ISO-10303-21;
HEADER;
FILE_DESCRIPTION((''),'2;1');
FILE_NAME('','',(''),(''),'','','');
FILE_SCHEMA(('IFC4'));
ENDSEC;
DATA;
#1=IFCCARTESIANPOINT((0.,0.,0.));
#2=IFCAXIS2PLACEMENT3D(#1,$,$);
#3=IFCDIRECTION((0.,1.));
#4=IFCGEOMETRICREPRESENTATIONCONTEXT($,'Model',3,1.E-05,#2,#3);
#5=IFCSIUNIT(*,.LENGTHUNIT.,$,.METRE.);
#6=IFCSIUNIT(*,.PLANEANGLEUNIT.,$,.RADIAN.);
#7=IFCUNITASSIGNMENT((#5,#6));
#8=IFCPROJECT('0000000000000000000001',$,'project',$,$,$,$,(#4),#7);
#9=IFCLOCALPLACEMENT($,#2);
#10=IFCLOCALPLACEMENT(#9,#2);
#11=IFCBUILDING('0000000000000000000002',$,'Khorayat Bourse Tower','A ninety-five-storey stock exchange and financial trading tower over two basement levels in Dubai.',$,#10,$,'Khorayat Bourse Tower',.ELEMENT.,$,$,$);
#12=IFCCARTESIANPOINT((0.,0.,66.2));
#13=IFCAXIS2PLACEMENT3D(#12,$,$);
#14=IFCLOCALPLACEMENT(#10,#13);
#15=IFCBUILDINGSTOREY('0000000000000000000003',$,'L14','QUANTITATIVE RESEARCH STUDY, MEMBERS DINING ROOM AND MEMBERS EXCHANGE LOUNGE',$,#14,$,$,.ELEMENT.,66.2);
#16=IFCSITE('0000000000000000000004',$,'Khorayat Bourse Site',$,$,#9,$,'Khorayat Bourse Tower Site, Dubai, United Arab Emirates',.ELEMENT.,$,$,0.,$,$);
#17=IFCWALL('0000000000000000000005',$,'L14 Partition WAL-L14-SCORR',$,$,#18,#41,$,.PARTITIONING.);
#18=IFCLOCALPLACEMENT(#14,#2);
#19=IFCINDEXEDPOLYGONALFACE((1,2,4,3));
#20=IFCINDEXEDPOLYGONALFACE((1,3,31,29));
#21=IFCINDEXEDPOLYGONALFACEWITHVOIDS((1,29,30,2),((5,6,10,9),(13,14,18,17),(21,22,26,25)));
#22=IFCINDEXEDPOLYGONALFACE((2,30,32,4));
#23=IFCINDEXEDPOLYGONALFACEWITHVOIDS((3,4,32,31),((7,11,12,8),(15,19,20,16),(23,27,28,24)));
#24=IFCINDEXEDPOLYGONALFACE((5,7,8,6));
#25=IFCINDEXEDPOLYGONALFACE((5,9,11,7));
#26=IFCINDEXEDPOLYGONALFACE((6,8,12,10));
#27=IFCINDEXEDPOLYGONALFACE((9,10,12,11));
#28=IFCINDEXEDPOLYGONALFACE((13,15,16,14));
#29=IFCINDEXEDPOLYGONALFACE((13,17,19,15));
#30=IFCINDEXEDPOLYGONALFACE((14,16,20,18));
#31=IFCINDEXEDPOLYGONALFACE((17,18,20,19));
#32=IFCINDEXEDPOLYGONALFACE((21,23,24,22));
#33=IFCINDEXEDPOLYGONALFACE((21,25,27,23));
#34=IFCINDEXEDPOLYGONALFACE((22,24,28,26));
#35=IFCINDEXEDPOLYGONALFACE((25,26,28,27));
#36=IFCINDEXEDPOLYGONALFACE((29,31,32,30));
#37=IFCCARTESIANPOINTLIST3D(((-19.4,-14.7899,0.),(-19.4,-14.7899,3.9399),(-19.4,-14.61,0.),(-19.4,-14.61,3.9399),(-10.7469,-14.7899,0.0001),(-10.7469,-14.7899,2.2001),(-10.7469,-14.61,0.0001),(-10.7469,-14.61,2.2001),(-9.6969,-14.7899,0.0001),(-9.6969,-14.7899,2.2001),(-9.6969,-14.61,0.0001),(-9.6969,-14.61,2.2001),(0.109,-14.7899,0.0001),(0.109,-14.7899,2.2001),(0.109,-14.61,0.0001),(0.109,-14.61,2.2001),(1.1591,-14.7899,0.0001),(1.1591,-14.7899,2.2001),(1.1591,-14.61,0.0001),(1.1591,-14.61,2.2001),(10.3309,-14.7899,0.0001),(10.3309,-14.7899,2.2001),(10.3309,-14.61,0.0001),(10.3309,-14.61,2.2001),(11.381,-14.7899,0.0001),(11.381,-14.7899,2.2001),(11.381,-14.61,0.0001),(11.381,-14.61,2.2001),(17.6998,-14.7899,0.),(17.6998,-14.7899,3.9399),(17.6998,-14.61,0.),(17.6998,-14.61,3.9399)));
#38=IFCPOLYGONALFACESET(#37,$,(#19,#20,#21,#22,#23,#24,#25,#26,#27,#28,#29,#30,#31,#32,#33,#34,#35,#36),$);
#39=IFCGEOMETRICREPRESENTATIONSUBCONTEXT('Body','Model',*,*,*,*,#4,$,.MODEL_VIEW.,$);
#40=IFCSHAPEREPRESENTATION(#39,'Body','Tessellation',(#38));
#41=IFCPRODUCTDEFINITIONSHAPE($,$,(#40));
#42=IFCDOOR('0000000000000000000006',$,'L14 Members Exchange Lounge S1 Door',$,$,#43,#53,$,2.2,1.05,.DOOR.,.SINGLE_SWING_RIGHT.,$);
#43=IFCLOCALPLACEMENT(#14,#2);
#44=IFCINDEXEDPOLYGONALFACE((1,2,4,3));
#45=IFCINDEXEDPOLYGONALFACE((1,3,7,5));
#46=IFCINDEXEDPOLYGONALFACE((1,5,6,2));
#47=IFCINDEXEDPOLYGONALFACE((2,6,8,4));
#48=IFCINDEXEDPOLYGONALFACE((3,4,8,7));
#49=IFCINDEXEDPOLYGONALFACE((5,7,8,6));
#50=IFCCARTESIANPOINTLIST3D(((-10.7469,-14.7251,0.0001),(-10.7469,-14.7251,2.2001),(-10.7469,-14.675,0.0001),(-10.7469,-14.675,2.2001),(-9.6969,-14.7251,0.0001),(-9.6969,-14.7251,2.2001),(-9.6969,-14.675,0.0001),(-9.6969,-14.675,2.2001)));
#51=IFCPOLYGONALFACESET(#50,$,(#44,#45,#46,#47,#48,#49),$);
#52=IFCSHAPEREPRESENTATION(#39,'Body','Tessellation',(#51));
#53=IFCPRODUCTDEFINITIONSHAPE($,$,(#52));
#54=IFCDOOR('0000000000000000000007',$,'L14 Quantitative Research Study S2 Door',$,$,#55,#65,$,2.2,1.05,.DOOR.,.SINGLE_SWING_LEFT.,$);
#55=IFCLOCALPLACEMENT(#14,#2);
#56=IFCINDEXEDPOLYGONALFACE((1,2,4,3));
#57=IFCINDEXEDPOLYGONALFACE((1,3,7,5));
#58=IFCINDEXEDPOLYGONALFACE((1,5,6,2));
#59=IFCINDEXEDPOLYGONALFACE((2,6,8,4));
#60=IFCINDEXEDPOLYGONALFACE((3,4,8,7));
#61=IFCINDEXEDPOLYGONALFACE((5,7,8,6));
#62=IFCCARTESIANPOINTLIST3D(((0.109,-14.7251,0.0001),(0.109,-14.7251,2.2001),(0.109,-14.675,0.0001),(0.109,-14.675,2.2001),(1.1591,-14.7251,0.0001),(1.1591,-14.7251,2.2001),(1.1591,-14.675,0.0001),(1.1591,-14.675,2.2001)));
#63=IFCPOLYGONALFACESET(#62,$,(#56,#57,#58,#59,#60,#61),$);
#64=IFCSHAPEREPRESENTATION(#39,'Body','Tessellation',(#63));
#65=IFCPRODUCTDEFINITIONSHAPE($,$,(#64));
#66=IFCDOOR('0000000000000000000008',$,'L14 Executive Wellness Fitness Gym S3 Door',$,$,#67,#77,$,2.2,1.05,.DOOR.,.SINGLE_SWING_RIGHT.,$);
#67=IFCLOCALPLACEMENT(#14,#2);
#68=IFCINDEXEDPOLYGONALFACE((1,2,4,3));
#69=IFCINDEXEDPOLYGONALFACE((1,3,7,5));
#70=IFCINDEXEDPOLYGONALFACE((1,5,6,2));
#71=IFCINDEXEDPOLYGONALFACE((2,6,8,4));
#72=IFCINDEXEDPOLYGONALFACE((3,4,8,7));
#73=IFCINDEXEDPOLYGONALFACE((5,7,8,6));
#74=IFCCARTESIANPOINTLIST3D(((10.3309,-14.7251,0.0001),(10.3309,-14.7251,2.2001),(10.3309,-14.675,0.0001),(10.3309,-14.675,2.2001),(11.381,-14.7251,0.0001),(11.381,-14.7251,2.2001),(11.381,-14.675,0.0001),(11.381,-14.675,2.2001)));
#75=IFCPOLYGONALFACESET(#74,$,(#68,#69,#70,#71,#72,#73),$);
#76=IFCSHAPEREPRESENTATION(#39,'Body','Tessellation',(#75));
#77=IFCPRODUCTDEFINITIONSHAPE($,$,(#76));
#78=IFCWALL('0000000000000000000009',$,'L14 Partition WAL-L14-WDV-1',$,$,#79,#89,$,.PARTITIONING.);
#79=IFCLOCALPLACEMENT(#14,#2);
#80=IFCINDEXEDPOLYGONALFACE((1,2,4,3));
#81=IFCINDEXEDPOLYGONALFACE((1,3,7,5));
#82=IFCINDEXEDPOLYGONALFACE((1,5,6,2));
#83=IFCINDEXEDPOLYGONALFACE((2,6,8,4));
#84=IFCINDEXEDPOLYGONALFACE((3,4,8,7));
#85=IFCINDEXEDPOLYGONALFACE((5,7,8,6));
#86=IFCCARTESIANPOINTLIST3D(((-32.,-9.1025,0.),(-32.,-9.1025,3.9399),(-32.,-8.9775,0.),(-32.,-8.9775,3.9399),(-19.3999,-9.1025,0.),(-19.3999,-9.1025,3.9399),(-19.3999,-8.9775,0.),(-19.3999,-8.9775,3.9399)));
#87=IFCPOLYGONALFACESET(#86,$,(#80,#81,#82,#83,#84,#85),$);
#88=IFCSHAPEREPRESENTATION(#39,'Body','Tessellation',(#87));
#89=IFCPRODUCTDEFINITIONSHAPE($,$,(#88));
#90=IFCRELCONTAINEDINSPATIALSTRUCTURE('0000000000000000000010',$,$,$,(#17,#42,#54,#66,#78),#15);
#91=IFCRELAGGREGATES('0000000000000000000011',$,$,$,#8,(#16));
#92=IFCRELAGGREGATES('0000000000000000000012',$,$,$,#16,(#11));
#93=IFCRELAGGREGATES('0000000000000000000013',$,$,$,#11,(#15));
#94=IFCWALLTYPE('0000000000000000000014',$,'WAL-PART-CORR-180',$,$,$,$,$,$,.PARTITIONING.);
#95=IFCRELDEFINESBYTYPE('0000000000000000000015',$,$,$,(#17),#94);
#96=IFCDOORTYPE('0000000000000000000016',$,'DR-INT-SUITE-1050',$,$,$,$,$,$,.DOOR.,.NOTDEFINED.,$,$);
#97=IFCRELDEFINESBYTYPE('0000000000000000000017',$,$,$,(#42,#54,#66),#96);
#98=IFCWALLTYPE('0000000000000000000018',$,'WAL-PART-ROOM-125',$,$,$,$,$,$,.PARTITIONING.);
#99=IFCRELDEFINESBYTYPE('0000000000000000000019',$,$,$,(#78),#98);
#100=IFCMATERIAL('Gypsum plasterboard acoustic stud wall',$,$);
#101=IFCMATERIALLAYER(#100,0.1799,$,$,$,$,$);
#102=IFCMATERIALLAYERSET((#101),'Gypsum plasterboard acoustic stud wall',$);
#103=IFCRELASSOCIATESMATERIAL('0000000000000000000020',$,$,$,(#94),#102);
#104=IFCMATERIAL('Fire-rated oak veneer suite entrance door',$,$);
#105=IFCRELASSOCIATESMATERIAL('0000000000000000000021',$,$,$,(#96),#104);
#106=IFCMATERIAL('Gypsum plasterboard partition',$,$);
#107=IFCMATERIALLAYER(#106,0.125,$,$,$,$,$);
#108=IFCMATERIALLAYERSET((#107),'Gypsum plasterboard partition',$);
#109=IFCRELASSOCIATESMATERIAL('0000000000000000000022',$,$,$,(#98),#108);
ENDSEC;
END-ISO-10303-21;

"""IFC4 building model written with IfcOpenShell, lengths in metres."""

from ifc_helpers import new_model, si_unit, direction, frame, frame_2d, origin, place, context, subcontext, project, spatial, rectangle, extrude, source, transform, mapped, material, layer, layer_set, type_object, element, fill, save


model = new_model("IFC4")

# Units and contexts
model_context = context("Model", 3, precision=1e-05, world=origin(), true_north=direction((0.0, 1.0)))
body_context = subcontext(model_context, "Body", "Model", "MODEL_VIEW")
ifc_project = project(units=[si_unit("LENGTHUNIT", "METRE"), si_unit("PLANEANGLEUNIT", "RADIAN")], contexts=[model_context])

# Site, building, storey
site_placement = place(None, origin())
site = spatial("IfcSite", under=ifc_project, at=site_placement, Name="Khorayat Bourse Site", LongName="Khorayat Bourse Tower Site, Dubai, United Arab Emirates", CompositionType="ELEMENT", RefElevation=0.0)
building_placement = place(site_placement, origin())
building = spatial("IfcBuilding", under=site, at=building_placement, Name="Khorayat Bourse Tower", Description="A ninety-five-storey stock exchange and financial trading tower over two basement levels in Dubai.", LongName="Khorayat Bourse Tower", CompositionType="ELEMENT")
storey_placement = place(building_placement, frame((0.0, 0.0, 66.2)))
storey = spatial("IfcBuildingStorey", under=building, at=storey_placement, Name="L14", Description="QUANTITATIVE RESEARCH STUDY, MEMBERS DINING ROOM AND MEMBERS EXCHANGE LOUNGE", CompositionType="ELEMENT", Elevation=66.2)

# Wall, openings, doors
ifc_material_1 = material(Name="Gypsum plasterboard acoustic stud wall")
ifc_layer_1 = layer(ifc_material_1, 0.1799)
ifc_layer_set_1 = layer_set([ifc_layer_1], Name="Gypsum plasterboard acoustic stud wall")
wall_type_1 = type_object("IfcWallType", Name="WAL-PART-CORR-180", PredefinedType="PARTITIONING", material=ifc_layer_set_1)
shared_shape_1 = source(origin(), body_context, "Body", "SweptSolid", [
    extrude(rectangle(XDim=37.0999, YDim=0.1799, at=frame_2d((18.5498, 0.0))), origin(), (0.0, 0.0, 1.0), 3.9399),
])
wall_1_placement = place(storey_placement, frame((-19.3999, -14.7, 0.0), z_axis=(0.0, 0.0, 1.0), x_axis=(1.0, 0.0, 0.0)))
wall_1 = element("IfcWall", 1, at=wall_1_placement, inside=storey, type_object=wall_type_1, Name="L14 Partition WAL-L14-SCORR", PredefinedType="PARTITIONING", context=body_context, shape_type="MappedRepresentation", body=[
    mapped(shared_shape_1, transform((0.0, 0.0, 0.0), scale=1.0)),
])
shared_shape_2 = source(origin(), body_context, "Body", "SweptSolid", [
    extrude(rectangle(XDim=1.05, YDim=2.2, at=frame_2d((0.5249, 1.1001))), frame((0.0, 0.0999, 0.0), z_axis=(0.0, -1.0, 0.0), x_axis=(1.0, 0.0, 0.0)), (0.0, 0.0, 1.0), 0.2),
])
opening_1_placement = place(wall_1_placement, frame((8.6531, 0.0, 0.0)))
opening_1 = element("IfcOpeningElement", 2, at=opening_1_placement, cuts=wall_1, PredefinedType="OPENING", context=body_context, shape_type="MappedRepresentation", body=[
    mapped(shared_shape_2, transform((0.0, 0.0, 0.0), scale=1.0)),
])
opening_2_placement = place(wall_1_placement, frame((19.509, 0.0, 0.0)))
opening_2 = element("IfcOpeningElement", 3, at=opening_2_placement, cuts=wall_1, PredefinedType="OPENING", context=body_context, shape_type="MappedRepresentation", body=[
    mapped(shared_shape_2, transform((0.0, 0.0, 0.0), scale=1.0)),
])
opening_3_placement = place(wall_1_placement, frame((29.731, 0.0, 0.0)))
opening_3 = element("IfcOpeningElement", 4, at=opening_3_placement, cuts=wall_1, PredefinedType="OPENING", context=body_context, shape_type="MappedRepresentation", body=[
    mapped(shared_shape_2, transform((0.0, 0.0, 0.0), scale=1.0)),
])
ifc_material_2 = material(Name="Fire-rated oak veneer suite entrance door")
door_type_1 = type_object("IfcDoorType", Name="DR-INT-SUITE-1050", OperationType="NOTDEFINED", PredefinedType="DOOR", material=ifc_material_2)
shared_shape_3 = source(origin(), body_context, "Body", "SweptSolid", [
    extrude(rectangle(XDim=1.05, YDim=2.2, at=frame_2d((0.5249, 1.1001))), frame((0.0, 0.0249, 0.0), z_axis=(0.0, -1.0, 0.0), x_axis=(1.0, 0.0, 0.0)), (0.0, 0.0, 1.0), 0.05),
])
door_1_placement = place(opening_1_placement, origin())
door_1 = element("IfcDoor", 5, at=door_1_placement, inside=storey, type_object=door_type_1, Name="L14 Members Exchange Lounge S1 Door", OperationType="SINGLE_SWING_RIGHT", OverallHeight=2.2, OverallWidth=1.05, PredefinedType="DOOR", context=body_context, shape_type="MappedRepresentation", body=[
    mapped(shared_shape_3, transform((0.0, 0.0, 0.0), scale=1.0)),
])
fill(opening_1, door_1)
door_2_placement = place(opening_2_placement, origin())
door_2 = element("IfcDoor", 6, at=door_2_placement, inside=storey, type_object=door_type_1, Name="L14 Quantitative Research Study S2 Door", OperationType="SINGLE_SWING_LEFT", OverallHeight=2.2, OverallWidth=1.05, PredefinedType="DOOR", context=body_context, shape_type="MappedRepresentation", body=[
    mapped(shared_shape_3, transform((0.0, 0.0, 0.0), scale=1.0)),
])
fill(opening_2, door_2)
door_3_placement = place(opening_3_placement, origin())
door_3 = element("IfcDoor", 7, at=door_3_placement, inside=storey, type_object=door_type_1, Name="L14 Executive Wellness Fitness Gym S3 Door", OperationType="SINGLE_SWING_RIGHT", OverallHeight=2.2, OverallWidth=1.05, PredefinedType="DOOR", context=body_context, shape_type="MappedRepresentation", body=[
    mapped(shared_shape_3, transform((0.0, 0.0, 0.0), scale=1.0)),
])
fill(opening_3, door_3)

# Wall
ifc_material_3 = material(Name="Gypsum plasterboard partition")
ifc_layer_2 = layer(ifc_material_3, 0.125)
ifc_layer_set_2 = layer_set([ifc_layer_2], Name="Gypsum plasterboard partition")
wall_type_2 = type_object("IfcWallType", Name="WAL-PART-ROOM-125", PredefinedType="PARTITIONING", material=ifc_layer_set_2)
shared_shape_4 = source(origin(), body_context, "Body", "SweptSolid", [
    extrude(rectangle(XDim=12.6001, YDim=0.125, at=frame_2d((6.3, 0.0))), origin(), (0.0, 0.0, 1.0), 3.9399),
])
wall_2_placement = place(storey_placement, frame((-32.0, -9.04, 0.0), z_axis=(0.0, 0.0, 1.0), x_axis=(1.0, 0.0, 0.0)))
element("IfcWall", 8, at=wall_2_placement, inside=storey, type_object=wall_type_2, Name="L14 Partition WAL-L14-WDV-1", PredefinedType="PARTITIONING", context=body_context, shape_type="MappedRepresentation", body=[
    mapped(shared_shape_4, transform((0.0, 0.0, 0.0), scale=1.0)),
])

save(model, "model.ifc")
